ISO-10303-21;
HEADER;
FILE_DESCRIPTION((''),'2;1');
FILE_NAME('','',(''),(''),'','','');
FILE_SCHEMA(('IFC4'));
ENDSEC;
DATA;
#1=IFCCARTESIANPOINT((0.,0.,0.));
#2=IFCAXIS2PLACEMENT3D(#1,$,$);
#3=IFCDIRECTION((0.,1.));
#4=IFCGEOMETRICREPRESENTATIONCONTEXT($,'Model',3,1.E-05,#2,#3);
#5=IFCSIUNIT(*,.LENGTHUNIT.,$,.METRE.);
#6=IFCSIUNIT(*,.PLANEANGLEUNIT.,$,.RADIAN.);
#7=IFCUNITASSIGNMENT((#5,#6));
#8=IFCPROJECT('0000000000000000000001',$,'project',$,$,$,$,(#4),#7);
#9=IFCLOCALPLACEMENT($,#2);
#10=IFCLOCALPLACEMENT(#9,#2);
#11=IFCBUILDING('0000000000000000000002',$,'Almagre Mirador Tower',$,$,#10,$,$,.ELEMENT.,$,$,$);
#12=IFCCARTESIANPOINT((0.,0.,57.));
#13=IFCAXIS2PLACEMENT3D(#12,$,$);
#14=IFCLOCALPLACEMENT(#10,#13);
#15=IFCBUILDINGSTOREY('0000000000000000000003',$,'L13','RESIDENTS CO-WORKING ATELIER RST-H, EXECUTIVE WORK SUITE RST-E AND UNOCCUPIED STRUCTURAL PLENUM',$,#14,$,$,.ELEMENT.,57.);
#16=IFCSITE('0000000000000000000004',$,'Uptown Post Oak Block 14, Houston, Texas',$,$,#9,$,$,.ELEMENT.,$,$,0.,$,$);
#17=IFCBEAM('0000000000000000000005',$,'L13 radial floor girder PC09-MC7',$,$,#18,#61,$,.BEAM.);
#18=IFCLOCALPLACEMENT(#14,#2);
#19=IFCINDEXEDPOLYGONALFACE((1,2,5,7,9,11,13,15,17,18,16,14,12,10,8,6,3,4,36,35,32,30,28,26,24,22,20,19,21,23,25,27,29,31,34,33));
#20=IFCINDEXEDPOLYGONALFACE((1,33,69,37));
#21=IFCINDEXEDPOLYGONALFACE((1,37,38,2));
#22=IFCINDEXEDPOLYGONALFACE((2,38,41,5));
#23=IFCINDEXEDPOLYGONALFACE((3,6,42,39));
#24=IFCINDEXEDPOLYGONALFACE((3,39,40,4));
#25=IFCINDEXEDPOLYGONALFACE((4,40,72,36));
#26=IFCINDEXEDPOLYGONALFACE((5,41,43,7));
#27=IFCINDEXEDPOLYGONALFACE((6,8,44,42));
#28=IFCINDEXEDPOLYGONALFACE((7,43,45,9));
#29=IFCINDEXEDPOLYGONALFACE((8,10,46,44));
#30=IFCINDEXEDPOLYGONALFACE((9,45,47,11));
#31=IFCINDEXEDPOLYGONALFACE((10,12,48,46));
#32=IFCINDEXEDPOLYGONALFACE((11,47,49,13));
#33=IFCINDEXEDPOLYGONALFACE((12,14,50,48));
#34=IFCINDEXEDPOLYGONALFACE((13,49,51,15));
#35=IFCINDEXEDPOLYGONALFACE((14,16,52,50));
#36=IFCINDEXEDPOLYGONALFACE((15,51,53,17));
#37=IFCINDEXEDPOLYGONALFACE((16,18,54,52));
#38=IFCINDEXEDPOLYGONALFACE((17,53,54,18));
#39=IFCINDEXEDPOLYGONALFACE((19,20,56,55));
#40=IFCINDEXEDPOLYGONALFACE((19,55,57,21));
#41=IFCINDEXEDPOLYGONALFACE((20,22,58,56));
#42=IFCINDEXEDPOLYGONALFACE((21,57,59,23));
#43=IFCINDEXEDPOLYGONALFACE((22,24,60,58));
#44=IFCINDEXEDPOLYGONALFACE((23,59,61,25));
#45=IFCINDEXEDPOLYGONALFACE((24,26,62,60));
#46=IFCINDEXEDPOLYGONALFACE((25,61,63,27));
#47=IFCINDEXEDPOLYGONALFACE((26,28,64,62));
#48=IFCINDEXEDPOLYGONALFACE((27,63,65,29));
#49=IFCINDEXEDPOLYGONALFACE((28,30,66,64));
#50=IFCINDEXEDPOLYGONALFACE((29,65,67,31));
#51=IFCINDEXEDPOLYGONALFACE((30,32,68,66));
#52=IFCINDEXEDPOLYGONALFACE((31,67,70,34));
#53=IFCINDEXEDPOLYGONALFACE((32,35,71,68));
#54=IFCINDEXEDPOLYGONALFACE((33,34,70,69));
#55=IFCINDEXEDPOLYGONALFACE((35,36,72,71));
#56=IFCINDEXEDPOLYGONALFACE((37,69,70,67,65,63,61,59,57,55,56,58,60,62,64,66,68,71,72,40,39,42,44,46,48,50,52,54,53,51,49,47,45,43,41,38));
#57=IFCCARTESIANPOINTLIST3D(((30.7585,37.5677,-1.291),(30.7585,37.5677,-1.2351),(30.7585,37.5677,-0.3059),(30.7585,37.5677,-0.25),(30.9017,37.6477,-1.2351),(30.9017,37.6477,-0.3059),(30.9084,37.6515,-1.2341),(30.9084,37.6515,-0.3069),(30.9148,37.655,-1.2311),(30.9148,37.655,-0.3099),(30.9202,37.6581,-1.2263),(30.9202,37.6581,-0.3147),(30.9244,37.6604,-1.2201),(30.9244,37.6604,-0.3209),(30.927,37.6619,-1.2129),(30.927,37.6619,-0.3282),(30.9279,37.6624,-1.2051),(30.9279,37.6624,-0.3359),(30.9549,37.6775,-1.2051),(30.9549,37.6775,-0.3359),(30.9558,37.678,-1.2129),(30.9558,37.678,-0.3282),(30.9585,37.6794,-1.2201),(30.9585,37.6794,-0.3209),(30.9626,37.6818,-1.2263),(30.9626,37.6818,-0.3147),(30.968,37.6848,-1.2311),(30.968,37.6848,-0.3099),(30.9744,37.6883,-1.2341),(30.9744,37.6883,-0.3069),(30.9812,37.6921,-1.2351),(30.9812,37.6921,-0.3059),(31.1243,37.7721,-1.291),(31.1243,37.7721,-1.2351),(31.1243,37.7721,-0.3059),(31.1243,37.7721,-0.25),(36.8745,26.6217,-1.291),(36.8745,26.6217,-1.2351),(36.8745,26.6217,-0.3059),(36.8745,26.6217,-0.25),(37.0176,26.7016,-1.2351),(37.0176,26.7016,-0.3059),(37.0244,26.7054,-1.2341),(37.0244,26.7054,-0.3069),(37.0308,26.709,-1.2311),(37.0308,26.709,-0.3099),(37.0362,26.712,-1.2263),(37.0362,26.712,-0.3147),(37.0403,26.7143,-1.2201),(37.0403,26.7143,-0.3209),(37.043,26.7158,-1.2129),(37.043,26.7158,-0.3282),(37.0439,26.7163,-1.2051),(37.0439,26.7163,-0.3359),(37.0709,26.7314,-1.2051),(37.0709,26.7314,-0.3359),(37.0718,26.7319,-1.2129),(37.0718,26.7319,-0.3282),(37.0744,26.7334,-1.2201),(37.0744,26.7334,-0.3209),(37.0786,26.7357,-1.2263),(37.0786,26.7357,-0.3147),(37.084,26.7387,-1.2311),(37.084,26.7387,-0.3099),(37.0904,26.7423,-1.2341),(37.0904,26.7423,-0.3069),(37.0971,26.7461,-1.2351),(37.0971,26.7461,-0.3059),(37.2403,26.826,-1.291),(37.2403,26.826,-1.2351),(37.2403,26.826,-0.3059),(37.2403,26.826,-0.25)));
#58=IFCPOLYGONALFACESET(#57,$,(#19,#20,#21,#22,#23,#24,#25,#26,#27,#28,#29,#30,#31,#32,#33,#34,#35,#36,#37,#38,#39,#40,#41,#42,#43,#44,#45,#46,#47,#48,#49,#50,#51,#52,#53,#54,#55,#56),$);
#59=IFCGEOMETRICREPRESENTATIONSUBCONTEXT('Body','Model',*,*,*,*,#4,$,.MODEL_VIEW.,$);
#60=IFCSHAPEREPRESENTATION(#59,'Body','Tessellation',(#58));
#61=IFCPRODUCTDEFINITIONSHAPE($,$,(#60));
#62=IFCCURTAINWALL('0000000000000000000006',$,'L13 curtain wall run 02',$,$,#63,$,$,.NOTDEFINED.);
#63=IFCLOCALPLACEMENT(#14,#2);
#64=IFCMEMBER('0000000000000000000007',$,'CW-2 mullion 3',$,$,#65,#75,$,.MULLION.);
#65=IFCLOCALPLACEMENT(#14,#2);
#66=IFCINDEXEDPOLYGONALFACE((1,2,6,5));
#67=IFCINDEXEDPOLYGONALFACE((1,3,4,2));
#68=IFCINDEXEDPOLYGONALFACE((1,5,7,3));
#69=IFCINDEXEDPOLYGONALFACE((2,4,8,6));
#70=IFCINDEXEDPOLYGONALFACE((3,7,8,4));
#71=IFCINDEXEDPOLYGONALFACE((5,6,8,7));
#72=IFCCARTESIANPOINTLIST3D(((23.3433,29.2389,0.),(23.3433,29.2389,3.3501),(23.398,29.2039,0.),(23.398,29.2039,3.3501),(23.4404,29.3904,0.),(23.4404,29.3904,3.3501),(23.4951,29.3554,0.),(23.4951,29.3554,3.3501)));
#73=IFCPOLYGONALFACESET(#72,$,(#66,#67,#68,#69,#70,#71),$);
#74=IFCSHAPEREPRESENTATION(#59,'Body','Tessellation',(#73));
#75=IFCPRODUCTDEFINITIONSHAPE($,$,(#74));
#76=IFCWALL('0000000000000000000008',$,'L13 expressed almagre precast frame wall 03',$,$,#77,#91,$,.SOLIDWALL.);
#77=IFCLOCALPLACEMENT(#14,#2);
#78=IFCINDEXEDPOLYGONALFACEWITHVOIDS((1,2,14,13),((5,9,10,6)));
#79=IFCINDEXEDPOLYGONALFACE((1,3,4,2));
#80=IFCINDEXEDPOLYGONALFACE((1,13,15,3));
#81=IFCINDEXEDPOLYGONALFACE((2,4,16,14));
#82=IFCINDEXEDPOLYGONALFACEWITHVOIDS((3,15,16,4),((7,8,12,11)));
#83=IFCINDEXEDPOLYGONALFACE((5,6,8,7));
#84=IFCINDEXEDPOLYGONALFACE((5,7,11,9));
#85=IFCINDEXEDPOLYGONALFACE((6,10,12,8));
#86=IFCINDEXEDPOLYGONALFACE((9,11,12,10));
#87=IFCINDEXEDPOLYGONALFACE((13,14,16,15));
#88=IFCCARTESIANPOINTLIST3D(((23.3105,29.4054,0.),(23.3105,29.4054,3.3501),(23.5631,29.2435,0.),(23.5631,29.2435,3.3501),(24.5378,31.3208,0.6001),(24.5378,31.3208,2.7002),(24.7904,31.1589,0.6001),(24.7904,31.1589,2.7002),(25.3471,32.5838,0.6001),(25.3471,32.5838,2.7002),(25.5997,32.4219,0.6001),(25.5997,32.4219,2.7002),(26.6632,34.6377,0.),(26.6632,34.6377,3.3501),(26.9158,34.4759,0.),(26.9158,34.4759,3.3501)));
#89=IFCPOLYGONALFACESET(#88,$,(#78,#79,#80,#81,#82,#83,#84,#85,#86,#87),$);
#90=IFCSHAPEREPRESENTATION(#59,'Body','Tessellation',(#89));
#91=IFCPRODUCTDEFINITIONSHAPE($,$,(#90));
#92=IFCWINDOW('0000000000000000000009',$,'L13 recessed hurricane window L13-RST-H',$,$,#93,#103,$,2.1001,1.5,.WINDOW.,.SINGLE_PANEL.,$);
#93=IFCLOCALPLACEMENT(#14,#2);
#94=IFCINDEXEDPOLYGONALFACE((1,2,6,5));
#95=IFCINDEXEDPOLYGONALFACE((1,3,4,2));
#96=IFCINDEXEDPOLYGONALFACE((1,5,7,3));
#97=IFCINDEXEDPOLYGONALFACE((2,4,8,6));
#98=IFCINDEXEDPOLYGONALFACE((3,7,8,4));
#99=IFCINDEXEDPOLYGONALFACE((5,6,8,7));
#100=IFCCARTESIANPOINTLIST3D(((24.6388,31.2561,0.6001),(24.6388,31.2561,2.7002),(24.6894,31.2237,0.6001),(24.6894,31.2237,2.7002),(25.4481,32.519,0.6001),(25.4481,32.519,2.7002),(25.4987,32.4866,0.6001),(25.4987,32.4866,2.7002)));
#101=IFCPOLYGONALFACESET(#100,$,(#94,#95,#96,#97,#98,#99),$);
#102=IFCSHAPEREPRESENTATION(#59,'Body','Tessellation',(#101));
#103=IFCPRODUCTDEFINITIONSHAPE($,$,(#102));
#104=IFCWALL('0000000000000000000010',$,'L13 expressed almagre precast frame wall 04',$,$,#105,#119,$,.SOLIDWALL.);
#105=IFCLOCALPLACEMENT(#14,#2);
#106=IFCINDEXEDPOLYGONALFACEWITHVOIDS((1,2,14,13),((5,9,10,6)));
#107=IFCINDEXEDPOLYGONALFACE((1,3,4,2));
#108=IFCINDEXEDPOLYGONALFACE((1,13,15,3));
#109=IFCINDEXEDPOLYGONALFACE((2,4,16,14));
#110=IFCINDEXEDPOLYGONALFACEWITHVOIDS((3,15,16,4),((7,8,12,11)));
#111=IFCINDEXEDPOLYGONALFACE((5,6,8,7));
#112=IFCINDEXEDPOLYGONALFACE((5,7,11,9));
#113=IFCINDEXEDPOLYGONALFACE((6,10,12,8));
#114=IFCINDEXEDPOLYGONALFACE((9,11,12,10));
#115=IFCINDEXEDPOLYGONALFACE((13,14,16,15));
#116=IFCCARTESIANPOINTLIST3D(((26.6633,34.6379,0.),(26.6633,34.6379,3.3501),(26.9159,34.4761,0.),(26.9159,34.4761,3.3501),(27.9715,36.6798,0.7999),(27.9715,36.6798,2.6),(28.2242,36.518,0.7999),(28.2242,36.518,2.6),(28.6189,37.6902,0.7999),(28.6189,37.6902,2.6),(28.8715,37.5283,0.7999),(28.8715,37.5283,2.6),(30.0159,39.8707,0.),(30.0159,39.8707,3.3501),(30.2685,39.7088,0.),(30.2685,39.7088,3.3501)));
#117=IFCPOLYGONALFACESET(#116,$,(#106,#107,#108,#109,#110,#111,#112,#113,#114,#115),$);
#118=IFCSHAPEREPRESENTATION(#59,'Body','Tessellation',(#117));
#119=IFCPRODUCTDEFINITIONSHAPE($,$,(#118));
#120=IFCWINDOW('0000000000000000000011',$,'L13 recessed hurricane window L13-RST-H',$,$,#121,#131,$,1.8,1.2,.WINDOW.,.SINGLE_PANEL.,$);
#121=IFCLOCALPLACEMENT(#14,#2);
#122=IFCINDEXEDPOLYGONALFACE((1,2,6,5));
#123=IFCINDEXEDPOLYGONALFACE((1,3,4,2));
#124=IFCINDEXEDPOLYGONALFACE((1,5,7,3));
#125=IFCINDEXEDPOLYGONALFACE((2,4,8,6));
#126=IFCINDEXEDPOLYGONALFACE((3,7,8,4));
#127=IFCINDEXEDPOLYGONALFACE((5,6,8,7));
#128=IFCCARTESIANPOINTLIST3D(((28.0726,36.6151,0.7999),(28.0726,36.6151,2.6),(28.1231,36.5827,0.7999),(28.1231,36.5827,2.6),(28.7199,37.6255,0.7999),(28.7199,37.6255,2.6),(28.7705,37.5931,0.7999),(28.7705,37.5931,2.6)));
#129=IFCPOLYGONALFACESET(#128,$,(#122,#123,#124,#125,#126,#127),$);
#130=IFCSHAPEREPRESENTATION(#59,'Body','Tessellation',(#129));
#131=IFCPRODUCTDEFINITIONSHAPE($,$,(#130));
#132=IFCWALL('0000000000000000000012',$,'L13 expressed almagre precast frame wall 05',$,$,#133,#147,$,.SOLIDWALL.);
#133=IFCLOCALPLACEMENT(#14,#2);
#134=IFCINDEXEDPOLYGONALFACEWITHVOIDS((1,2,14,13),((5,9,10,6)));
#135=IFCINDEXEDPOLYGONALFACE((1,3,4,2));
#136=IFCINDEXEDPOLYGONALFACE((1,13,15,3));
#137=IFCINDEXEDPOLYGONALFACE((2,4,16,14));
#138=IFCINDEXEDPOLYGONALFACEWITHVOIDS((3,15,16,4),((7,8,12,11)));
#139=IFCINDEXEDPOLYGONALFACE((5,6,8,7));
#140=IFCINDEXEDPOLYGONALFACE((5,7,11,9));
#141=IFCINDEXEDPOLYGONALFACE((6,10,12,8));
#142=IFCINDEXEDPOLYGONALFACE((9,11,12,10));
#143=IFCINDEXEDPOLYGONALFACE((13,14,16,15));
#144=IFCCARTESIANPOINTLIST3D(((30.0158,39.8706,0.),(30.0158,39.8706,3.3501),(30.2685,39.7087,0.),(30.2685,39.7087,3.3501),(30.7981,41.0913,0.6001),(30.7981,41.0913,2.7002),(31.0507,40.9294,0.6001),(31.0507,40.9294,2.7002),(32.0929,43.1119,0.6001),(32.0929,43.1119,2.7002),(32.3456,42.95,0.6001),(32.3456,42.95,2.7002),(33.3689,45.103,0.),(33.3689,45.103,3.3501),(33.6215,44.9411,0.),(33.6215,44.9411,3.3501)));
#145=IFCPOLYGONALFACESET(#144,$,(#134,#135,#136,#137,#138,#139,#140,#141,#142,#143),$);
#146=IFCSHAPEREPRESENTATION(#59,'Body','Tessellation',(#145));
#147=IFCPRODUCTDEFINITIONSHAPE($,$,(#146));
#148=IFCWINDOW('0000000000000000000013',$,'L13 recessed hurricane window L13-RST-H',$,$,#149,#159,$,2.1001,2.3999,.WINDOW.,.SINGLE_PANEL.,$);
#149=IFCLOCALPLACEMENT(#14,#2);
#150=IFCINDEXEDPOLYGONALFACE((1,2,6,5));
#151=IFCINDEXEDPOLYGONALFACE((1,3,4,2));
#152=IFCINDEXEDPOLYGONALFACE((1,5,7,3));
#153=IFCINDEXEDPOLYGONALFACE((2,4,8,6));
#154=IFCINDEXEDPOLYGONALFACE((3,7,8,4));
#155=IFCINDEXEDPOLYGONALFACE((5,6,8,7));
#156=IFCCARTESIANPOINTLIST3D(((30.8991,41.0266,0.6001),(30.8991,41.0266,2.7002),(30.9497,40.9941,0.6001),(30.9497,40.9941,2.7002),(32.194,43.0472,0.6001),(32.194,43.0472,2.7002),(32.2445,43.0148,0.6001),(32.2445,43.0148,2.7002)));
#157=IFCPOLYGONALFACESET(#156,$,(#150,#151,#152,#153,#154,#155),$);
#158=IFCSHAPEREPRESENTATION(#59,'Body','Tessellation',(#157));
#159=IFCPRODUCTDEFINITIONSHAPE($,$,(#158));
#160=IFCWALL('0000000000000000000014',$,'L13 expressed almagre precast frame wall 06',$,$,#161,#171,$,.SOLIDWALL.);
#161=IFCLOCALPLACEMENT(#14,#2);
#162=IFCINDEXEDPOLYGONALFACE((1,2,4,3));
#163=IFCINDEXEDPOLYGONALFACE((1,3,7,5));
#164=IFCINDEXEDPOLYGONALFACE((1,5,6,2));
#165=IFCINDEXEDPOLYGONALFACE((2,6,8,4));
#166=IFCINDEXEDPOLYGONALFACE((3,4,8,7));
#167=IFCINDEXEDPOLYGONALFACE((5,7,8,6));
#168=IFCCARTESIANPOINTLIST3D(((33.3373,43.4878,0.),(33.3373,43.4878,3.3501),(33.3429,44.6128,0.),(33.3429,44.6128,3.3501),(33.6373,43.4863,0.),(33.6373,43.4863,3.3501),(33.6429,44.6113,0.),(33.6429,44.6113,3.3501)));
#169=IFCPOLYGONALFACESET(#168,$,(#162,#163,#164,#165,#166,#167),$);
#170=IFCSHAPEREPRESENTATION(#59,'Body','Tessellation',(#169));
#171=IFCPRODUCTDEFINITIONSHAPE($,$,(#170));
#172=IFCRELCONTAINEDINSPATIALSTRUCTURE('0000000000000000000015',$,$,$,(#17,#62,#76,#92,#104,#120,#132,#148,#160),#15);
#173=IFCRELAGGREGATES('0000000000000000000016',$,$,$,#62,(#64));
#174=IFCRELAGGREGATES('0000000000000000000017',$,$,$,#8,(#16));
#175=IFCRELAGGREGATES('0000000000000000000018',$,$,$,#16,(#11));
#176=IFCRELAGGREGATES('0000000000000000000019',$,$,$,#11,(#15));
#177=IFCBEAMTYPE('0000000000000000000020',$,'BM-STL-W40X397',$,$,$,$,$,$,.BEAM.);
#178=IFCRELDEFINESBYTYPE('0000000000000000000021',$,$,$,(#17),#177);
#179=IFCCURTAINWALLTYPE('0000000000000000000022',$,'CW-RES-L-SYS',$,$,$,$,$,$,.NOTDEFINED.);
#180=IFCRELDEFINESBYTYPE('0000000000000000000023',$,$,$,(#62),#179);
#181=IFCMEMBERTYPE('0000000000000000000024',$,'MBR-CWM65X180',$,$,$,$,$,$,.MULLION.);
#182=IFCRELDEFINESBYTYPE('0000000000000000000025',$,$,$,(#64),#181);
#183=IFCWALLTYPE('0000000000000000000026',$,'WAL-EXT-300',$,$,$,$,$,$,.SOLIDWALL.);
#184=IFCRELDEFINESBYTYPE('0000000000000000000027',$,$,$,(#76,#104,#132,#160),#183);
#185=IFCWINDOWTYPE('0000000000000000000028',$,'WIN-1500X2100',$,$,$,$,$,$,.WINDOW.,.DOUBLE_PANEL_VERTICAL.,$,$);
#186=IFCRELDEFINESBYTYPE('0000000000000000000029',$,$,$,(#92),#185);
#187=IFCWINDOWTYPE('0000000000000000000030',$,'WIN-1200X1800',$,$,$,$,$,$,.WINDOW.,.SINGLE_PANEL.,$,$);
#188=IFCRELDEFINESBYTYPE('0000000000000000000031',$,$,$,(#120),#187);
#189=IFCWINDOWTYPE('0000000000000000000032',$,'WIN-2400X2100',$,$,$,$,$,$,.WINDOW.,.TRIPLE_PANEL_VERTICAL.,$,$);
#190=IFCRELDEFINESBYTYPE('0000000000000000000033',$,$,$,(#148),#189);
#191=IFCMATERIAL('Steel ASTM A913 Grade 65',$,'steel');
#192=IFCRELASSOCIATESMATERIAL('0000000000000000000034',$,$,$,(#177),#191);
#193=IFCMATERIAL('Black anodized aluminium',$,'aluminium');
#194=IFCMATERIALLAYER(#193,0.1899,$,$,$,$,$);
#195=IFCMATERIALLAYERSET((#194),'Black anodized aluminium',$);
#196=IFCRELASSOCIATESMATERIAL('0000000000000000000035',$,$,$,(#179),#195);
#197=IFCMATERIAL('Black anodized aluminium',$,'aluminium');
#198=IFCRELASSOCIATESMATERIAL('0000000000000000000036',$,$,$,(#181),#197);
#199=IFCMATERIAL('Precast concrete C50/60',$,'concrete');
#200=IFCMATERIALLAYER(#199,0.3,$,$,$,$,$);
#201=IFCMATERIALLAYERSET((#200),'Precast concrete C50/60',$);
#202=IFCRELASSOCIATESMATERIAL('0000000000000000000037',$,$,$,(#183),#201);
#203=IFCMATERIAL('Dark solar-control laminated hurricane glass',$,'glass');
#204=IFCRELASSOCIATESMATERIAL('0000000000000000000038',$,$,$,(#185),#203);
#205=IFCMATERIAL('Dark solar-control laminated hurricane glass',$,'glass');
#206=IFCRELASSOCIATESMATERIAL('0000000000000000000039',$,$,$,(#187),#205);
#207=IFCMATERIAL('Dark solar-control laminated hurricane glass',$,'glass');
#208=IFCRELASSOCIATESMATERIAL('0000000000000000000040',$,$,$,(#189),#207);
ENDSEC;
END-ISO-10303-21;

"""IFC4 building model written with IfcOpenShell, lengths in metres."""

from ifc_helpers import new_model, si_unit, direction, frame, frame_2d, origin, origin_2d, place, context, subcontext, project, spatial, rectangle, i_section, extrude, material, layer, layer_set, material_profile, profile_set, type_object, element, fill, aggregate, save


model = new_model("IFC4")

# Units and contexts
model_context = context("Model", 3, precision=1e-05, world=origin(), true_north=direction((0.0, 1.0)))
body_context = subcontext(model_context, "Body", "Model", "MODEL_VIEW")
ifc_project = project(units=[si_unit("LENGTHUNIT", "METRE"), si_unit("PLANEANGLEUNIT", "RADIAN")], contexts=[model_context])

# Site, building, storey
site_placement = place(None, origin())
site = spatial("IfcSite", under=ifc_project, at=site_placement, Name="Uptown Post Oak Block 14, Houston, Texas", CompositionType="ELEMENT", RefElevation=0.0)
building_placement = place(site_placement, origin())
building = spatial("IfcBuilding", under=site, at=building_placement, Name="Almagre Mirador Tower", CompositionType="ELEMENT")
storey_placement = place(building_placement, frame((0.0, 0.0, 57.0)))
storey = spatial("IfcBuildingStorey", under=building, at=storey_placement, Name="L13", Description="RESIDENTS CO-WORKING ATELIER RST-H, EXECUTIVE WORK SUITE RST-E AND UNOCCUPIED STRUCTURAL PLENUM", CompositionType="ELEMENT", Elevation=57.0)

# Beam
ifc_material_1 = material(Name="Steel ASTM A913 Grade 65", Category="steel")
ifc_material_profile_1 = material_profile(ifc_material_1, i_section(OverallWidth=0.4189, OverallDepth=1.041, WebThickness=0.031, FlangeThickness=0.0559, FilletRadius=0.03, at=origin_2d()), Name="W40X397")
ifc_profile_set_1 = profile_set([ifc_material_profile_1], Name="Steel ASTM A913 Grade 65")
beam_type_1 = type_object("IfcBeamType", Name="BM-STL-W40X397", PredefinedType="BEAM", material=ifc_profile_set_1)
beam_1_placement = place(storey_placement, frame((30.9414, 37.6699, -0.7705), z_axis=(0.487764, -0.872975, 0.0), x_axis=(0.872975, 0.487764, 0.0)))
element("IfcBeam", 1, at=beam_1_placement, inside=storey, type_object=beam_type_1, Name="L13 radial floor girder PC09-MC7", PredefinedType="BEAM", context=body_context, shape_type="SweptSolid", body=[
    extrude(i_section(OverallWidth=0.4189, OverallDepth=1.041, WebThickness=0.031, FlangeThickness=0.0559, FilletRadius=0.03, at=origin_2d()), origin(), (0.0, 0.0, 1.0), 12.5388),
])

# Curtain wall, member
ifc_material_2 = material(Name="Black anodized aluminium", Category="aluminium")
ifc_layer_1 = layer(ifc_material_2, 0.1899)
ifc_layer_set_1 = layer_set([ifc_layer_1], Name="Black anodized aluminium")
curtain_wall_type = type_object("IfcCurtainWallType", Name="CW-RES-L-SYS", PredefinedType="NOTDEFINED", material=ifc_layer_set_1)
curtain_wall_placement = place(storey_placement, origin())
curtain_wall = element("IfcCurtainWall", 2, at=curtain_wall_placement, inside=storey, type_object=curtain_wall_type, Name="L13 curtain wall run 02", PredefinedType="NOTDEFINED")
ifc_material_3 = material(Name="Black anodized aluminium", Category="aluminium")
ifc_material_profile_2 = material_profile(ifc_material_3, rectangle(XDim=0.0649, YDim=0.1799, at=origin_2d()), Name="CWM65X180")
ifc_profile_set_2 = profile_set([ifc_material_profile_2], Name="Black anodized aluminium")
member_type = type_object("IfcMemberType", Name="MBR-CWM65X180", PredefinedType="MULLION", material=ifc_profile_set_2)
member_placement = place(storey_placement, frame((23.4192, 29.2971, 0.0), z_axis=(0.0, 0.0, 1.0), x_axis=(-0.841986, 0.539499, 0.0)))
member = element("IfcMember", 3, at=member_placement, type_object=member_type, Name="CW-2 mullion 3", PredefinedType="MULLION", context=body_context, shape_type="SweptSolid", body=[
    extrude(rectangle(XDim=0.0649, YDim=0.1799, at=origin_2d()), origin(), (0.0, 0.0, 1.0), 3.3501),
])
aggregate(curtain_wall, [member])

# Walls, openings, windows
ifc_material_4 = material(Name="Precast concrete C50/60", Category="concrete")
ifc_layer_2 = layer(ifc_material_4, 0.3)
ifc_layer_set_2 = layer_set([ifc_layer_2], Name="Precast concrete C50/60")
wall_type = type_object("IfcWallType", Name="WAL-EXT-300", PredefinedType="SOLIDWALL", material=ifc_layer_set_2)
wall_1_placement = place(storey_placement, frame((23.4368, 29.3245, 0.0), z_axis=(0.0, 0.0, 1.0), x_axis=(0.539514, 0.841977, 0.0)))
wall_1 = element("IfcWall", 4, at=wall_1_placement, inside=storey, type_object=wall_type, Name="L13 expressed almagre precast frame wall 03", PredefinedType="SOLIDWALL", context=body_context, shape_type="SweptSolid", body=[
    extrude(rectangle(XDim=6.2144, YDim=0.3, at=frame_2d((3.1072, 0.0))), origin(), (0.0, 0.0, 1.0), 3.3501),
])
opening_1_placement = place(wall_1_placement, frame((2.2749, 0.0, 0.6001)))
opening_1 = element("IfcOpeningElement", 5, at=opening_1_placement, cuts=wall_1, PredefinedType="OPENING", context=body_context, shape_type="SweptSolid", body=[
    extrude(rectangle(XDim=1.5, YDim=2.1001, at=frame_2d((0.75, 1.05))), frame((0.0, 0.1599, 0.0), z_axis=(0.0, -1.0, 0.0), x_axis=(1.0, 0.0, 0.0)), (0.0, 0.0, 1.0), 0.32),
])
ifc_material_5 = material(Name="Dark solar-control laminated hurricane glass", Category="glass")
window_type_1 = type_object("IfcWindowType", Name="WIN-1500X2100", PartitioningType="DOUBLE_PANEL_VERTICAL", PredefinedType="WINDOW", material=ifc_material_5)
window_1_placement = place(opening_1_placement, origin())
window_1 = element("IfcWindow", 6, at=window_1_placement, inside=storey, type_object=window_type_1, Name="L13 recessed hurricane window L13-RST-H", OverallHeight=2.1001, OverallWidth=1.5, PartitioningType="SINGLE_PANEL", PredefinedType="WINDOW", context=body_context, shape_type="SweptSolid", body=[
    extrude(rectangle(XDim=1.5, YDim=2.1001, at=frame_2d((0.75, 1.05))), frame((0.0, 0.03, 0.0), z_axis=(0.0, -1.0, 0.0), x_axis=(1.0, 0.0, 0.0)), (0.0, 0.0, 1.0), 0.0601),
])
fill(opening_1, window_1)
wall_2_placement = place(storey_placement, frame((26.7896, 34.5569, 0.0), z_axis=(0.0, 0.0, 1.0), x_axis=(0.539468, 0.842006, 0.0)))
wall_2 = element("IfcWall", 7, at=wall_2_placement, inside=storey, type_object=wall_type, Name="L13 expressed almagre precast frame wall 04", PredefinedType="SOLIDWALL", context=body_context, shape_type="SweptSolid", body=[
    extrude(rectangle(XDim=6.2146, YDim=0.3, at=frame_2d((3.1074, 0.0))), origin(), (0.0, 0.0, 1.0), 3.3501),
])
opening_2_placement = place(wall_2_placement, frame((2.425, 0.0, 0.8)))
opening_2 = element("IfcOpeningElement", 8, at=opening_2_placement, cuts=wall_2, PredefinedType="OPENING", context=body_context, shape_type="SweptSolid", body=[
    extrude(rectangle(XDim=1.2, YDim=1.8, at=frame_2d((0.6001, 0.8999))), frame((0.0, 0.1599, 0.0), z_axis=(0.0, -1.0, 0.0), x_axis=(1.0, 0.0, 0.0)), (0.0, 0.0, 1.0), 0.32),
])
ifc_material_6 = material(Name="Dark solar-control laminated hurricane glass", Category="glass")
window_type_2 = type_object("IfcWindowType", Name="WIN-1200X1800", PartitioningType="SINGLE_PANEL", PredefinedType="WINDOW", material=ifc_material_6)
window_2_placement = place(opening_2_placement, origin())
window_2 = element("IfcWindow", 9, at=window_2_placement, inside=storey, type_object=window_type_2, Name="L13 recessed hurricane window L13-RST-H", OverallHeight=1.8, OverallWidth=1.2, PartitioningType="SINGLE_PANEL", PredefinedType="WINDOW", context=body_context, shape_type="SweptSolid", body=[
    extrude(rectangle(XDim=1.2, YDim=1.8, at=frame_2d((0.6001, 0.8999))), frame((0.0, 0.03, 0.0), z_axis=(0.0, -1.0, 0.0), x_axis=(1.0, 0.0, 0.0)), (0.0, 0.0, 1.0), 0.0601),
])
fill(opening_2, window_2)
wall_3_placement = place(storey_placement, frame((30.1421, 39.7896, 0.0), z_axis=(0.0, 0.0, 1.0), x_axis=(0.539542, 0.841959, 0.0)))
wall_3 = element("IfcWall", 10, at=wall_3_placement, inside=storey, type_object=wall_type, Name="L13 expressed almagre precast frame wall 05", PredefinedType="SOLIDWALL", context=body_context, shape_type="SweptSolid", body=[
    extrude(rectangle(XDim=6.2146, YDim=0.3, at=frame_2d((3.1074, 0.0))), origin(), (0.0, 0.0, 1.0), 3.3501),
])
opening_3_placement = place(wall_3_placement, frame((1.45, 0.0, 0.6001)))
opening_3 = element("IfcOpeningElement", 11, at=opening_3_placement, cuts=wall_3, PredefinedType="OPENING", context=body_context, shape_type="SweptSolid", body=[
    extrude(rectangle(XDim=2.3999, YDim=2.1001, at=frame_2d((1.2, 1.05))), frame((0.0, 0.1599, 0.0), z_axis=(0.0, -1.0, 0.0), x_axis=(1.0, 0.0, 0.0)), (0.0, 0.0, 1.0), 0.32),
])
ifc_material_7 = material(Name="Dark solar-control laminated hurricane glass", Category="glass")
window_type_3 = type_object("IfcWindowType", Name="WIN-2400X2100", PartitioningType="TRIPLE_PANEL_VERTICAL", PredefinedType="WINDOW", material=ifc_material_7)
window_3_placement = place(opening_3_placement, origin())
window_3 = element("IfcWindow", 12, at=window_3_placement, inside=storey, type_object=window_type_3, Name="L13 recessed hurricane window L13-RST-H", OverallHeight=2.1001, OverallWidth=2.3999, PartitioningType="SINGLE_PANEL", PredefinedType="WINDOW", context=body_context, shape_type="SweptSolid", body=[
    extrude(rectangle(XDim=2.3999, YDim=2.1001, at=frame_2d((1.2, 1.05))), frame((0.0, 0.03, 0.0), z_axis=(0.0, -1.0, 0.0), x_axis=(1.0, 0.0, 0.0)), (0.0, 0.0, 1.0), 0.0601),
])
fill(opening_3, window_3)

# Wall
wall_4_placement = place(storey_placement, frame((33.4929, 44.6121, 0.0), z_axis=(0.0, 0.0, 1.0), x_axis=(-0.004991, -0.999988, 0.0)))
element("IfcWall", 13, at=wall_4_placement, inside=storey, type_object=wall_type, Name="L13 expressed almagre precast frame wall 06", PredefinedType="SOLIDWALL", context=body_context, shape_type="SweptSolid", body=[
    extrude(rectangle(XDim=1.125, YDim=0.3, at=frame_2d((0.5625, 0.0))), origin(), (0.0, 0.0, 1.0), 3.3501),
])

save(model, "model.ifc")
